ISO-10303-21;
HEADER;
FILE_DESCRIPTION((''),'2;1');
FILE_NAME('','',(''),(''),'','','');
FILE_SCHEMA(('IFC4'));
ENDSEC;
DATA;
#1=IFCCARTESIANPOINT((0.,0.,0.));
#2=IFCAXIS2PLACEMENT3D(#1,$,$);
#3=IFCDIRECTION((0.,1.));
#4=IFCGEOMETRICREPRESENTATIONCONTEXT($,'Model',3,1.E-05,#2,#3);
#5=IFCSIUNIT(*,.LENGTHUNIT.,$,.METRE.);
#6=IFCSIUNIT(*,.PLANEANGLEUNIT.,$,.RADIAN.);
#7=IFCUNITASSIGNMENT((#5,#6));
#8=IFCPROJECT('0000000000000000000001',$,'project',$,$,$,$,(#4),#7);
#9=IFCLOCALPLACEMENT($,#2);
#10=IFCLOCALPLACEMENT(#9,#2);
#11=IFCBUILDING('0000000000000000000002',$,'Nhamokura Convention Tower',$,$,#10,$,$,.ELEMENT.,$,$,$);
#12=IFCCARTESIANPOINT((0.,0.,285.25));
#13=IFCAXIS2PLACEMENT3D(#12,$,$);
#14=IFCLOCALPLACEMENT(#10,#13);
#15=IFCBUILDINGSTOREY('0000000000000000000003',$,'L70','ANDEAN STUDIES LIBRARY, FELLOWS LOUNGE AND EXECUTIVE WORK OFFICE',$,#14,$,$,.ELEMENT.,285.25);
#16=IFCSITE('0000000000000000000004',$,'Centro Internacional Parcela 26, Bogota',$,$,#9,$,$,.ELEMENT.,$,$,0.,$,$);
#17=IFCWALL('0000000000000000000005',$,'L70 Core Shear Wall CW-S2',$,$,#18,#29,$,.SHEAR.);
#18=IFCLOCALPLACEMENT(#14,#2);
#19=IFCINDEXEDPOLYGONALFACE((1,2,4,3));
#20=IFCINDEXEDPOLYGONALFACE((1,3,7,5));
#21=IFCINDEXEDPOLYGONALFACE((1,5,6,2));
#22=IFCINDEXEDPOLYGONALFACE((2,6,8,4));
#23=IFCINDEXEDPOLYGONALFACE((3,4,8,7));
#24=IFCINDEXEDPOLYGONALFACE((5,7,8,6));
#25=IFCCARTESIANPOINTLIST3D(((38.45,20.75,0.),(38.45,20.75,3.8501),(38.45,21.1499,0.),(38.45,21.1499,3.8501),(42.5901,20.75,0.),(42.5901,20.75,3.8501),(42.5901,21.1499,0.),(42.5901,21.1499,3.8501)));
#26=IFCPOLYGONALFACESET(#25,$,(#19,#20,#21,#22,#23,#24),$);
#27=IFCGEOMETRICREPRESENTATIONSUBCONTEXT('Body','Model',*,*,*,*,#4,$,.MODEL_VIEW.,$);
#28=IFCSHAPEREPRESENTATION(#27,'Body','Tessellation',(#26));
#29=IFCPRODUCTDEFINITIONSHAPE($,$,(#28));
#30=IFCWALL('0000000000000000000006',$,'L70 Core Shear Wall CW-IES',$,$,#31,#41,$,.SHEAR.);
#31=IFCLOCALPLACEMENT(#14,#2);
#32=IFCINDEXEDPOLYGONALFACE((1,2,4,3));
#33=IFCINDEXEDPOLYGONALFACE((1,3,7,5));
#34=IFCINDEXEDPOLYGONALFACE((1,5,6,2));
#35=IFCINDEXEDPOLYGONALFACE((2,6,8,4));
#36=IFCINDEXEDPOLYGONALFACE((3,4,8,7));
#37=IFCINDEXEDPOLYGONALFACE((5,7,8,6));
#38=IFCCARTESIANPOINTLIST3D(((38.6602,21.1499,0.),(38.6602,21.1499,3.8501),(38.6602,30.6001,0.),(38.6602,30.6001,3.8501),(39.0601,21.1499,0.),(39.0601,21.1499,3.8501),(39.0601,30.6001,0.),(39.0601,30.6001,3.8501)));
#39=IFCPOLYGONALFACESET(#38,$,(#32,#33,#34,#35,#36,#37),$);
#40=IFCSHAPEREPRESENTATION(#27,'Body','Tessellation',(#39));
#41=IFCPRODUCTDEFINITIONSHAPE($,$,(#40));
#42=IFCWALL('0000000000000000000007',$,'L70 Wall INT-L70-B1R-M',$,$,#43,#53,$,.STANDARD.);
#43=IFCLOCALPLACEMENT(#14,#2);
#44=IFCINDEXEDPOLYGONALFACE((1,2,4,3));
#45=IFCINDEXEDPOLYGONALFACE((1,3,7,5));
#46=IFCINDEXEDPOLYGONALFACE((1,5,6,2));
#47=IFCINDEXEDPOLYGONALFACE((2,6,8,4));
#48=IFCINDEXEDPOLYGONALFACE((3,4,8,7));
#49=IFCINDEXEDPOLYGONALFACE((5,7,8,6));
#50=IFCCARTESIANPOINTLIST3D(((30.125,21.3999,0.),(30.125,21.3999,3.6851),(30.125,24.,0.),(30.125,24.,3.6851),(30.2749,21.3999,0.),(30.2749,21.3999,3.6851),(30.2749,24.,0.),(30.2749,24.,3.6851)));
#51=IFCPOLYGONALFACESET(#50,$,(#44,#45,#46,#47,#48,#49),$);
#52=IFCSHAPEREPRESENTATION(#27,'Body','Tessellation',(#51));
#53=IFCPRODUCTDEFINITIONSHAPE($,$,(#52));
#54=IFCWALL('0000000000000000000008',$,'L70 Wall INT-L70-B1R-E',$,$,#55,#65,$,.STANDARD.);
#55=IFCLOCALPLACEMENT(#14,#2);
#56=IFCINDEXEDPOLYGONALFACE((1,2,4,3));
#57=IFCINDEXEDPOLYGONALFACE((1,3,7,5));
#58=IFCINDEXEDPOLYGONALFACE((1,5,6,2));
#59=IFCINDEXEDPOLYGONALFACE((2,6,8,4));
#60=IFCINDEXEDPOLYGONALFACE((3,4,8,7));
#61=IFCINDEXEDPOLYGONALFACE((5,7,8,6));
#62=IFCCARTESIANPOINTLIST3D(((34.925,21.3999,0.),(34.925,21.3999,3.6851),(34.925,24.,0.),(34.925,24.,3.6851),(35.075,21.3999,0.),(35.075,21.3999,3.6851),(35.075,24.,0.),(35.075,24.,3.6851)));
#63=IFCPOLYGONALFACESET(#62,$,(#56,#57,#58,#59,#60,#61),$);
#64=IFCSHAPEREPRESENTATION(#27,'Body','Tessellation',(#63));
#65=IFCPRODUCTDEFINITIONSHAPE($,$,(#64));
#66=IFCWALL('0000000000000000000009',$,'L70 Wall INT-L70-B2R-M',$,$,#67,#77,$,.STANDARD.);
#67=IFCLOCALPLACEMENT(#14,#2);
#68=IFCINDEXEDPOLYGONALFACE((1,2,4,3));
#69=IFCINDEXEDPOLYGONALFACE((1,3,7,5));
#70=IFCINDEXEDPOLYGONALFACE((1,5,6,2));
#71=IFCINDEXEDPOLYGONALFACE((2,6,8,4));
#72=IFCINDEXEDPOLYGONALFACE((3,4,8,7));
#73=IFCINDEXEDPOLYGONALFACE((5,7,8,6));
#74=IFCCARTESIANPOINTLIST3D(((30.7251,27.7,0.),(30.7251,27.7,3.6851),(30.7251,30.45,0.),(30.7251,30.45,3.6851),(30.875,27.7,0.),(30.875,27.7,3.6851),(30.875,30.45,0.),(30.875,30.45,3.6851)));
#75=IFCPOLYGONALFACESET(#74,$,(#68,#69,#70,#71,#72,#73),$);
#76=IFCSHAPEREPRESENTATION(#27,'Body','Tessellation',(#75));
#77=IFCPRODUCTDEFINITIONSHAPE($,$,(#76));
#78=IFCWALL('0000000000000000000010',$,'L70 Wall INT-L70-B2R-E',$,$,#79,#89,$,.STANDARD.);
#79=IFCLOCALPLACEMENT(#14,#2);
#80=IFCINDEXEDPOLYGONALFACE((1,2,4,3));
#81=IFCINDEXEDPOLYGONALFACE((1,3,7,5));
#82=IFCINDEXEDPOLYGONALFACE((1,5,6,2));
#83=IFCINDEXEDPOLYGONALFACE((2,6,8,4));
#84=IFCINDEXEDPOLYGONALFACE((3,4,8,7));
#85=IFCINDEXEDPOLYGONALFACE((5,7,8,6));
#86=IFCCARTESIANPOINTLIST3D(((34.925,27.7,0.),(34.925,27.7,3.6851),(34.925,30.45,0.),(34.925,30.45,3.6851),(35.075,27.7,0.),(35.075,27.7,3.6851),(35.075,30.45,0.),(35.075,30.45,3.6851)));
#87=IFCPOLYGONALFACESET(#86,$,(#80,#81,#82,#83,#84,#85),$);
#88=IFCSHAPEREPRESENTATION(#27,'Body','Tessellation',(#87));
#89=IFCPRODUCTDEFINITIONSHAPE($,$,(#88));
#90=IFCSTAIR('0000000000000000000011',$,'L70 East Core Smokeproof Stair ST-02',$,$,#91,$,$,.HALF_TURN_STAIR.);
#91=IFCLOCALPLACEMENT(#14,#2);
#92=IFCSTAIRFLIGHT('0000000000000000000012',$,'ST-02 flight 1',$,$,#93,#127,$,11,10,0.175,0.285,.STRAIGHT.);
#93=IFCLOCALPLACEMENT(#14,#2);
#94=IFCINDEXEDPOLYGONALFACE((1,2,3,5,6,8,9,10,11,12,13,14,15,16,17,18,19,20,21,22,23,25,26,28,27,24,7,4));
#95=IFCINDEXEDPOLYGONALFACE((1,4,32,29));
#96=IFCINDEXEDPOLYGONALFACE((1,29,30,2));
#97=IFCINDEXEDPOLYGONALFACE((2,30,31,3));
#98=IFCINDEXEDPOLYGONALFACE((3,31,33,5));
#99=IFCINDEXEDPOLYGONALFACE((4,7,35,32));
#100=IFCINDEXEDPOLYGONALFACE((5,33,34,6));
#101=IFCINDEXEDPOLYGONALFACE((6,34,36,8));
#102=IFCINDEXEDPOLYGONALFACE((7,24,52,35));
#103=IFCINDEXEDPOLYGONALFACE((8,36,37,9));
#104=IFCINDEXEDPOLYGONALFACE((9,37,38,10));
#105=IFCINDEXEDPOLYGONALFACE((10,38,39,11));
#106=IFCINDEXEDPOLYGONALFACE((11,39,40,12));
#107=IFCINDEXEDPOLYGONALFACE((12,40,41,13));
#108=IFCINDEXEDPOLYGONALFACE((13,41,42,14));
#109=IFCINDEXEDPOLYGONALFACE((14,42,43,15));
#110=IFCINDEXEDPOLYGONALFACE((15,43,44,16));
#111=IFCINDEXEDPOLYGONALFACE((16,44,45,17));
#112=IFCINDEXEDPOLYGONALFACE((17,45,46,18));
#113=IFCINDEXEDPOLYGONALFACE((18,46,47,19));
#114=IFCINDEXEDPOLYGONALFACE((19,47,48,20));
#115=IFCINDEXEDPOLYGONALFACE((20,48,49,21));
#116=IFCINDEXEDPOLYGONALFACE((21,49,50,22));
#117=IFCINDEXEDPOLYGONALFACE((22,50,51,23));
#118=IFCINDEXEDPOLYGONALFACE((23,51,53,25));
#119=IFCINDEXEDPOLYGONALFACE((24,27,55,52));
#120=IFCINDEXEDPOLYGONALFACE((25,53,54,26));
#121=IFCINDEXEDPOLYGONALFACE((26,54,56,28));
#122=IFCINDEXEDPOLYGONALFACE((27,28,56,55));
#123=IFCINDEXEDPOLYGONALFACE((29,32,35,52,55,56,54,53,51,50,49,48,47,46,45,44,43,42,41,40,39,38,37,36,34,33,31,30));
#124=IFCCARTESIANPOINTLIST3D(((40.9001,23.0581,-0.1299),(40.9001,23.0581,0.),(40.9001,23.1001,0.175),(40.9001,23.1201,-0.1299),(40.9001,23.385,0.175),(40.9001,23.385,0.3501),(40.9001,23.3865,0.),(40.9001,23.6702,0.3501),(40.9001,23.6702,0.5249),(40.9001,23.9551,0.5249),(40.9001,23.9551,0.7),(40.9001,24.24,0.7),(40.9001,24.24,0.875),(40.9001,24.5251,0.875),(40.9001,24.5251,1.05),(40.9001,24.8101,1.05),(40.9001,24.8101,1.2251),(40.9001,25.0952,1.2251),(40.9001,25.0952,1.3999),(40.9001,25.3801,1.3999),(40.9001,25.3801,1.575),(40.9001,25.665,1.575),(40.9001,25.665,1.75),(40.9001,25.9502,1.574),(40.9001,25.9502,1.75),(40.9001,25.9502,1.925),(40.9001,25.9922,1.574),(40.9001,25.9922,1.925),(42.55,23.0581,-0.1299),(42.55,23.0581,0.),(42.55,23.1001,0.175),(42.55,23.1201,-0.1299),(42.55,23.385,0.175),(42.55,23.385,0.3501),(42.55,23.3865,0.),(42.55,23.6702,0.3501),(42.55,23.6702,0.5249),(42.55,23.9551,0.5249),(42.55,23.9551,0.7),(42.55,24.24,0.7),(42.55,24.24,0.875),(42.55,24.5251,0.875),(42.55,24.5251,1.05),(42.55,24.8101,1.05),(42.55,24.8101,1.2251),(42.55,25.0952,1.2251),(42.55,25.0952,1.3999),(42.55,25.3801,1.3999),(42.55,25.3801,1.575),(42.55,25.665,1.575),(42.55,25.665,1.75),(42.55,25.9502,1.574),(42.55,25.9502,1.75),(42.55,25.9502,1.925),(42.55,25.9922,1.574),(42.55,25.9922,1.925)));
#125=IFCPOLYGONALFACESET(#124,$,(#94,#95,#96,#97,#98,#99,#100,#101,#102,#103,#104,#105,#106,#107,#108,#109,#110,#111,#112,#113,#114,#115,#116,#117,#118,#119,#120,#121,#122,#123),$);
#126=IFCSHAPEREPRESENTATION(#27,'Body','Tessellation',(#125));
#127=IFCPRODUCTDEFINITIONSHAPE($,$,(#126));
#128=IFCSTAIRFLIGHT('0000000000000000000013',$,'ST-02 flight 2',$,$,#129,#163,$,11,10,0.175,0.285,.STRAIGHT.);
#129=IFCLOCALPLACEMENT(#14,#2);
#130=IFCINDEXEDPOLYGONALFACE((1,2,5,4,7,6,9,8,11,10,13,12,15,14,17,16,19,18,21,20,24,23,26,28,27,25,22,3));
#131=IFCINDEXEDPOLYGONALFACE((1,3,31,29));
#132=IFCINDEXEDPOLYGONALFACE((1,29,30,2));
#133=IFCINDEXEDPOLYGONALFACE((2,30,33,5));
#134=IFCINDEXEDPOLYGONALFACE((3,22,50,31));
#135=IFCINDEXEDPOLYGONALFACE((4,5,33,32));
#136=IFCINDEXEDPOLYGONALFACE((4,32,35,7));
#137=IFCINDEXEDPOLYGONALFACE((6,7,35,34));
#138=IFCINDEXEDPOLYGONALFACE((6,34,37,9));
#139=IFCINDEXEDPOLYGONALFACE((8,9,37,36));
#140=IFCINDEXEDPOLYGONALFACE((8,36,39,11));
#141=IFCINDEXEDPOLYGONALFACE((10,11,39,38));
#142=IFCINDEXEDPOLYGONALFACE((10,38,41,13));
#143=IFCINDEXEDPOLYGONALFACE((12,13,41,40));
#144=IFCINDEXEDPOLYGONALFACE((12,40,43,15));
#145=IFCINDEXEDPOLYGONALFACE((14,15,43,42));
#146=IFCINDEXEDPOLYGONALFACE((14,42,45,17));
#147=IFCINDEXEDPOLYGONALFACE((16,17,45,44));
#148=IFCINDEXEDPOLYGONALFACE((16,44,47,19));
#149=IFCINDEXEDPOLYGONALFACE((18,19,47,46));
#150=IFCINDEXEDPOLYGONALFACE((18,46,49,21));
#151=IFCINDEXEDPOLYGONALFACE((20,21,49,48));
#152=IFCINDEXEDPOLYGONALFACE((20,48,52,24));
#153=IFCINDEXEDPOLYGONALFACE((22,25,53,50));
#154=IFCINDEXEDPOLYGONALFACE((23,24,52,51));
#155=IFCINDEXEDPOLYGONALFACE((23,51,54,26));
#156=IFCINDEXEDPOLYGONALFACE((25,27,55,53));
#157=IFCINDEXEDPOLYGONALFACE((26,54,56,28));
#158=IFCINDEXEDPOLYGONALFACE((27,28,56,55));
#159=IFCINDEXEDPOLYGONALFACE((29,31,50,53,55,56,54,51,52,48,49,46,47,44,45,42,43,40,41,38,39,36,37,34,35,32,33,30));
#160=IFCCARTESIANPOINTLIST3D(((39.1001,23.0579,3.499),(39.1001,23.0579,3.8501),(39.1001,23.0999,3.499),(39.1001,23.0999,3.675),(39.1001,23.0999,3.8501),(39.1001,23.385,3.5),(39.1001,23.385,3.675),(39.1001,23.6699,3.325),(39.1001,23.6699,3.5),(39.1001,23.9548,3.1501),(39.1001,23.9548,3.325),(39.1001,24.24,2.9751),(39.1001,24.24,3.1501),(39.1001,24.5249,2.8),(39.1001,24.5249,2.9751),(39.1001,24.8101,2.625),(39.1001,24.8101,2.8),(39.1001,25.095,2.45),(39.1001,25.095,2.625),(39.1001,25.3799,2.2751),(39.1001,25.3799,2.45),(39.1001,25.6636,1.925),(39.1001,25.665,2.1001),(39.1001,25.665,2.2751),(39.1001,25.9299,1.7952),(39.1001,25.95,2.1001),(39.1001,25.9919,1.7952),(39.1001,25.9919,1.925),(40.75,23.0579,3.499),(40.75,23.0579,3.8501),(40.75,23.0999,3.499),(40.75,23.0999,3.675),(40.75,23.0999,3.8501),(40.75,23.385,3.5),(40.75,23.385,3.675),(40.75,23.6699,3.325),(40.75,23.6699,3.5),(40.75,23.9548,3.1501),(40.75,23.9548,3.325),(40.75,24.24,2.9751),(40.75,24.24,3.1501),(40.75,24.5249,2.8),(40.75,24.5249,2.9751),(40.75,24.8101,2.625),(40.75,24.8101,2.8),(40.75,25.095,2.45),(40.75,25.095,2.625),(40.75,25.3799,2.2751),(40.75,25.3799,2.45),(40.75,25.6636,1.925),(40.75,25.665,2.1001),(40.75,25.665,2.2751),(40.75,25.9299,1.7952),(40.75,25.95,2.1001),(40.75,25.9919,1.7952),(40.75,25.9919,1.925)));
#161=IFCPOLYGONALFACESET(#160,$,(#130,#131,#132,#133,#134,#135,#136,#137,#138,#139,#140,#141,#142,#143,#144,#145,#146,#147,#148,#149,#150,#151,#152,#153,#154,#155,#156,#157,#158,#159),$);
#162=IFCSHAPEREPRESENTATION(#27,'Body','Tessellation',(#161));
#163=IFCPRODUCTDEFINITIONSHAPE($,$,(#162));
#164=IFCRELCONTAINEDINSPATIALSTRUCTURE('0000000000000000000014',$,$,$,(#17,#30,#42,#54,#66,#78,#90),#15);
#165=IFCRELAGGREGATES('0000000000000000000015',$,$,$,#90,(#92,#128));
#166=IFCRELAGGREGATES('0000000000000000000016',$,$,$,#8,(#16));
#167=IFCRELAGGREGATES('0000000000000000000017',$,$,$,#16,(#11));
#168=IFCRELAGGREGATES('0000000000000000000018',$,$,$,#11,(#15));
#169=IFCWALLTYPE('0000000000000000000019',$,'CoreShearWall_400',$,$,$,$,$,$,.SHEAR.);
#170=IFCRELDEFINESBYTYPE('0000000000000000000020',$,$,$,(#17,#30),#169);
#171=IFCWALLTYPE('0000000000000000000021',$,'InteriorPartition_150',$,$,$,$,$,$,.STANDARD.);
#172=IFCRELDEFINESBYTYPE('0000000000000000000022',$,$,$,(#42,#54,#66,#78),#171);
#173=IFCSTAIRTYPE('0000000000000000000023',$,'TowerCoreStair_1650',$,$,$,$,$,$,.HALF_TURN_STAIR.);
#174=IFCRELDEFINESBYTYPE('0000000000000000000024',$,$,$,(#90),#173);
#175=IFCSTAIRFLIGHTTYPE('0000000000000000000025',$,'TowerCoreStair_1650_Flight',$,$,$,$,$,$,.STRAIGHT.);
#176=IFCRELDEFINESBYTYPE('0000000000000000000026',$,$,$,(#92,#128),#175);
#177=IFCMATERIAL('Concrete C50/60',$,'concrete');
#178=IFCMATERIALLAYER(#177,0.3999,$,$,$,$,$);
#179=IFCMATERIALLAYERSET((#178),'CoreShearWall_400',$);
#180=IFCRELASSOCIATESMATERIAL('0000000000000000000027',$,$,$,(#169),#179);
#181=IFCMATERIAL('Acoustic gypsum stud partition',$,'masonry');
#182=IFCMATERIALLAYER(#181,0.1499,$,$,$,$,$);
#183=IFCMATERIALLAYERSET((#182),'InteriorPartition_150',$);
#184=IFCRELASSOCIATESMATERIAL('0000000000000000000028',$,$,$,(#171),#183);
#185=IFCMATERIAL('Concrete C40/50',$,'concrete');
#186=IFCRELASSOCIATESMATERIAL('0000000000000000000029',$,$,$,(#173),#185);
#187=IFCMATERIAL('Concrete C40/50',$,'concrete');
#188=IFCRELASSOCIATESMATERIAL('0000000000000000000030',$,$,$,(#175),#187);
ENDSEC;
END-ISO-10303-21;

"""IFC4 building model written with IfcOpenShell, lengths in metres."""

from ifc_helpers import new_model, si_unit, direction, frame, frame_2d, origin, place, context, subcontext, project, spatial, polyline, rectangle, outline, extrude, material, layer, layer_set, type_object, element, aggregate, save


model = new_model("IFC4")

# Units and contexts
model_context = context("Model", 3, precision=1e-05, world=origin(), true_north=direction((0.0, 1.0)))
body_context = subcontext(model_context, "Body", "Model", "MODEL_VIEW")
ifc_project = project(units=[si_unit("LENGTHUNIT", "METRE"), si_unit("PLANEANGLEUNIT", "RADIAN")], contexts=[model_context])

# Site, building, storey
site_placement = place(None, origin())
site = spatial("IfcSite", under=ifc_project, at=site_placement, Name="Centro Internacional Parcela 26, Bogota", CompositionType="ELEMENT", RefElevation=0.0)
building_placement = place(site_placement, origin())
building = spatial("IfcBuilding", under=site, at=building_placement, Name="Nhamokura Convention Tower", CompositionType="ELEMENT")
storey_placement = place(building_placement, frame((0.0, 0.0, 285.25)))
storey = spatial("IfcBuildingStorey", under=building, at=storey_placement, Name="L70", Description="ANDEAN STUDIES LIBRARY, FELLOWS LOUNGE AND EXECUTIVE WORK OFFICE", CompositionType="ELEMENT", Elevation=285.25)

# Shared definitions
ifc_material_1 = material(Name="Concrete C50/60", Category="concrete")
ifc_layer_1 = layer(ifc_material_1, 0.3999)
ifc_layer_set_1 = layer_set([ifc_layer_1], Name="CoreShearWall_400")
wall_type_1 = type_object("IfcWallType", Name="CoreShearWall_400", PredefinedType="SHEAR", material=ifc_layer_set_1)

# Walls
wall_1_placement = place(storey_placement, frame((38.45, 20.95, 0.0), z_axis=(0.0, 0.0, 1.0), x_axis=(1.0, 0.0, 0.0)))
element("IfcWall", 1, at=wall_1_placement, inside=storey, type_object=wall_type_1, Name="L70 Core Shear Wall CW-S2", PredefinedType="SHEAR", context=body_context, shape_type="SweptSolid", body=[
    extrude(rectangle(XDim=4.1401, YDim=0.3999, at=frame_2d((2.0701, 0.0))), origin(), (0.0, 0.0, 1.0), 3.8501),
])
wall_2_placement = place(storey_placement, frame((38.8601, 21.1499, 0.0), z_axis=(0.0, 0.0, 1.0), x_axis=(0.0, 1.0, 0.0)))
element("IfcWall", 2, at=wall_2_placement, inside=storey, type_object=wall_type_1, Name="L70 Core Shear Wall CW-IES", PredefinedType="SHEAR", context=body_context, shape_type="SweptSolid", body=[
    extrude(rectangle(XDim=9.4502, YDim=0.3999, at=frame_2d((4.7251, 0.0))), origin(), (0.0, 0.0, 1.0), 3.8501),
])

# Walls
ifc_material_2 = material(Name="Acoustic gypsum stud partition", Category="masonry")
ifc_layer_2 = layer(ifc_material_2, 0.1499)
ifc_layer_set_2 = layer_set([ifc_layer_2], Name="InteriorPartition_150")
wall_type_2 = type_object("IfcWallType", Name="InteriorPartition_150", PredefinedType="STANDARD", material=ifc_layer_set_2)
for number, where, z_axis, x_axis, name in (
    (3, (30.2, 21.3999, 0.0), (0.0, 0.0, 1.0), (0.0, 1.0, 0.0), "L70 Wall INT-L70-B1R-M"),
    (4, (35.0, 21.3999, 0.0), (0.0, 0.0, 1.0), (0.0, 1.0, 0.0), "L70 Wall INT-L70-B1R-E"),
):
    element("IfcWall", number, at=place(storey_placement, frame(where, z_axis=z_axis, x_axis=x_axis)), inside=storey, type_object=wall_type_2, Name=name, PredefinedType="STANDARD", context=body_context, shape_type="SweptSolid", body=[
        extrude(rectangle(XDim=2.6001, YDim=0.1499, at=frame_2d((1.3, 0.0))), origin(), (0.0, 0.0, 1.0), 3.6851),
    ])
for number, where, z_axis, x_axis, name in (
    (5, (30.8, 27.7, 0.0), (0.0, 0.0, 1.0), (0.0, 1.0, 0.0), "L70 Wall INT-L70-B2R-M"),
    (6, (35.0, 27.7, 0.0), (0.0, 0.0, 1.0), (0.0, 1.0, 0.0), "L70 Wall INT-L70-B2R-E"),
):
    element("IfcWall", number, at=place(storey_placement, frame(where, z_axis=z_axis, x_axis=x_axis)), inside=storey, type_object=wall_type_2, Name=name, PredefinedType="STANDARD", context=body_context, shape_type="SweptSolid", body=[
        extrude(rectangle(XDim=2.75, YDim=0.1499, at=frame_2d((1.375, 0.0))), origin(), (0.0, 0.0, 1.0), 3.6851),
    ])

# Stair, stair flights
ifc_material_3 = material(Name="Concrete C40/50", Category="concrete")
stair_type = type_object("IfcStairType", Name="TowerCoreStair_1650", PredefinedType="HALF_TURN_STAIR", material=ifc_material_3)
stair_placement = place(storey_placement, origin())
stair = element("IfcStair", 7, at=stair_placement, inside=storey, type_object=stair_type, Name="L70 East Core Smokeproof Stair ST-02", PredefinedType="HALF_TURN_STAIR")
ifc_material_4 = material(Name="Concrete C40/50", Category="concrete")
stair_flight_type = type_object("IfcStairFlightType", Name="TowerCoreStair_1650_Flight", PredefinedType="STRAIGHT", material=ifc_material_4)
stair_flight_1_placement = place(storey_placement, frame((41.7251, 23.1001, 0.0), z_axis=(0.0, 0.0, 1.0), x_axis=(0.0, 1.0, 0.0)))
stair_flight_1 = element("IfcStairFlight", 8, at=stair_flight_1_placement, type_object=stair_flight_type, Name="ST-02 flight 1", NumberOfRisers=11, NumberOfTreads=10, PredefinedType="STRAIGHT", RiserHeight=0.175, TreadLength=0.285, context=body_context, shape_type="SweptSolid", body=[
    extrude(outline(polyline([(-0.042, 0.0), (0.0, 0.175), (0.2849, 0.175), (0.2849, 0.3501), (0.5701, 0.3501), (0.5701, 0.5249), (0.855, 0.5249), (0.855, 0.7), (1.1399, 0.7), (1.1399, 0.875), (1.425, 0.875), (1.425, 1.05), (1.71, 1.05), (1.71, 1.2251), (1.9951, 1.2251), (1.9951, 1.3999), (2.28, 1.3999), (2.28, 1.575), (2.5649, 1.575), (2.5649, 1.75), (2.8501, 1.75), (2.8501, 1.925), (2.8921, 1.925), (2.8921, 1.574), (2.8501, 1.574), (0.2864, 0.0), (0.02, -0.1299), (-0.042, -0.1299), (-0.042, 0.0)])), frame((0.0, 0.825, 0.0), z_axis=(0.0, -1.0, 0.0), x_axis=(1.0, 0.0, 0.0)), (0.0, 0.0, 1.0), 1.6499),
])
stair_flight_2_placement = place(storey_placement, frame((39.925, 25.95, 1.925), z_axis=(0.0, 0.0, 1.0), x_axis=(0.0, -1.0, 0.0)))
stair_flight_2 = element("IfcStairFlight", 9, at=stair_flight_2_placement, type_object=stair_flight_type, Name="ST-02 flight 2", NumberOfRisers=11, NumberOfTreads=10, PredefinedType="STRAIGHT", RiserHeight=0.175, TreadLength=0.285, context=body_context, shape_type="SweptSolid", body=[
    extrude(outline(polyline([(-0.042, 0.0), (0.0, 0.175), (0.2849, 0.175), (0.2849, 0.3501), (0.5701, 0.3501), (0.5701, 0.5249), (0.855, 0.5249), (0.855, 0.7), (1.1399, 0.7), (1.1399, 0.875), (1.425, 0.875), (1.425, 1.05), (1.71, 1.05), (1.71, 1.2251), (1.9951, 1.2251), (1.9951, 1.3999), (2.28, 1.3999), (2.28, 1.575), (2.5649, 1.575), (2.5649, 1.75), (2.8501, 1.75), (2.8501, 1.925), (2.8921, 1.925), (2.8921, 1.574), (2.8501, 1.574), (0.2864, 0.0), (0.02, -0.1299), (-0.042, -0.1299), (-0.042, 0.0)])), frame((0.0, 0.825, 0.0), z_axis=(0.0, -1.0, 0.0), x_axis=(1.0, 0.0, 0.0)), (0.0, 0.0, 1.0), 1.6499),
])
aggregate(stair, [stair_flight_1, stair_flight_2])

save(model, "model.ifc")
